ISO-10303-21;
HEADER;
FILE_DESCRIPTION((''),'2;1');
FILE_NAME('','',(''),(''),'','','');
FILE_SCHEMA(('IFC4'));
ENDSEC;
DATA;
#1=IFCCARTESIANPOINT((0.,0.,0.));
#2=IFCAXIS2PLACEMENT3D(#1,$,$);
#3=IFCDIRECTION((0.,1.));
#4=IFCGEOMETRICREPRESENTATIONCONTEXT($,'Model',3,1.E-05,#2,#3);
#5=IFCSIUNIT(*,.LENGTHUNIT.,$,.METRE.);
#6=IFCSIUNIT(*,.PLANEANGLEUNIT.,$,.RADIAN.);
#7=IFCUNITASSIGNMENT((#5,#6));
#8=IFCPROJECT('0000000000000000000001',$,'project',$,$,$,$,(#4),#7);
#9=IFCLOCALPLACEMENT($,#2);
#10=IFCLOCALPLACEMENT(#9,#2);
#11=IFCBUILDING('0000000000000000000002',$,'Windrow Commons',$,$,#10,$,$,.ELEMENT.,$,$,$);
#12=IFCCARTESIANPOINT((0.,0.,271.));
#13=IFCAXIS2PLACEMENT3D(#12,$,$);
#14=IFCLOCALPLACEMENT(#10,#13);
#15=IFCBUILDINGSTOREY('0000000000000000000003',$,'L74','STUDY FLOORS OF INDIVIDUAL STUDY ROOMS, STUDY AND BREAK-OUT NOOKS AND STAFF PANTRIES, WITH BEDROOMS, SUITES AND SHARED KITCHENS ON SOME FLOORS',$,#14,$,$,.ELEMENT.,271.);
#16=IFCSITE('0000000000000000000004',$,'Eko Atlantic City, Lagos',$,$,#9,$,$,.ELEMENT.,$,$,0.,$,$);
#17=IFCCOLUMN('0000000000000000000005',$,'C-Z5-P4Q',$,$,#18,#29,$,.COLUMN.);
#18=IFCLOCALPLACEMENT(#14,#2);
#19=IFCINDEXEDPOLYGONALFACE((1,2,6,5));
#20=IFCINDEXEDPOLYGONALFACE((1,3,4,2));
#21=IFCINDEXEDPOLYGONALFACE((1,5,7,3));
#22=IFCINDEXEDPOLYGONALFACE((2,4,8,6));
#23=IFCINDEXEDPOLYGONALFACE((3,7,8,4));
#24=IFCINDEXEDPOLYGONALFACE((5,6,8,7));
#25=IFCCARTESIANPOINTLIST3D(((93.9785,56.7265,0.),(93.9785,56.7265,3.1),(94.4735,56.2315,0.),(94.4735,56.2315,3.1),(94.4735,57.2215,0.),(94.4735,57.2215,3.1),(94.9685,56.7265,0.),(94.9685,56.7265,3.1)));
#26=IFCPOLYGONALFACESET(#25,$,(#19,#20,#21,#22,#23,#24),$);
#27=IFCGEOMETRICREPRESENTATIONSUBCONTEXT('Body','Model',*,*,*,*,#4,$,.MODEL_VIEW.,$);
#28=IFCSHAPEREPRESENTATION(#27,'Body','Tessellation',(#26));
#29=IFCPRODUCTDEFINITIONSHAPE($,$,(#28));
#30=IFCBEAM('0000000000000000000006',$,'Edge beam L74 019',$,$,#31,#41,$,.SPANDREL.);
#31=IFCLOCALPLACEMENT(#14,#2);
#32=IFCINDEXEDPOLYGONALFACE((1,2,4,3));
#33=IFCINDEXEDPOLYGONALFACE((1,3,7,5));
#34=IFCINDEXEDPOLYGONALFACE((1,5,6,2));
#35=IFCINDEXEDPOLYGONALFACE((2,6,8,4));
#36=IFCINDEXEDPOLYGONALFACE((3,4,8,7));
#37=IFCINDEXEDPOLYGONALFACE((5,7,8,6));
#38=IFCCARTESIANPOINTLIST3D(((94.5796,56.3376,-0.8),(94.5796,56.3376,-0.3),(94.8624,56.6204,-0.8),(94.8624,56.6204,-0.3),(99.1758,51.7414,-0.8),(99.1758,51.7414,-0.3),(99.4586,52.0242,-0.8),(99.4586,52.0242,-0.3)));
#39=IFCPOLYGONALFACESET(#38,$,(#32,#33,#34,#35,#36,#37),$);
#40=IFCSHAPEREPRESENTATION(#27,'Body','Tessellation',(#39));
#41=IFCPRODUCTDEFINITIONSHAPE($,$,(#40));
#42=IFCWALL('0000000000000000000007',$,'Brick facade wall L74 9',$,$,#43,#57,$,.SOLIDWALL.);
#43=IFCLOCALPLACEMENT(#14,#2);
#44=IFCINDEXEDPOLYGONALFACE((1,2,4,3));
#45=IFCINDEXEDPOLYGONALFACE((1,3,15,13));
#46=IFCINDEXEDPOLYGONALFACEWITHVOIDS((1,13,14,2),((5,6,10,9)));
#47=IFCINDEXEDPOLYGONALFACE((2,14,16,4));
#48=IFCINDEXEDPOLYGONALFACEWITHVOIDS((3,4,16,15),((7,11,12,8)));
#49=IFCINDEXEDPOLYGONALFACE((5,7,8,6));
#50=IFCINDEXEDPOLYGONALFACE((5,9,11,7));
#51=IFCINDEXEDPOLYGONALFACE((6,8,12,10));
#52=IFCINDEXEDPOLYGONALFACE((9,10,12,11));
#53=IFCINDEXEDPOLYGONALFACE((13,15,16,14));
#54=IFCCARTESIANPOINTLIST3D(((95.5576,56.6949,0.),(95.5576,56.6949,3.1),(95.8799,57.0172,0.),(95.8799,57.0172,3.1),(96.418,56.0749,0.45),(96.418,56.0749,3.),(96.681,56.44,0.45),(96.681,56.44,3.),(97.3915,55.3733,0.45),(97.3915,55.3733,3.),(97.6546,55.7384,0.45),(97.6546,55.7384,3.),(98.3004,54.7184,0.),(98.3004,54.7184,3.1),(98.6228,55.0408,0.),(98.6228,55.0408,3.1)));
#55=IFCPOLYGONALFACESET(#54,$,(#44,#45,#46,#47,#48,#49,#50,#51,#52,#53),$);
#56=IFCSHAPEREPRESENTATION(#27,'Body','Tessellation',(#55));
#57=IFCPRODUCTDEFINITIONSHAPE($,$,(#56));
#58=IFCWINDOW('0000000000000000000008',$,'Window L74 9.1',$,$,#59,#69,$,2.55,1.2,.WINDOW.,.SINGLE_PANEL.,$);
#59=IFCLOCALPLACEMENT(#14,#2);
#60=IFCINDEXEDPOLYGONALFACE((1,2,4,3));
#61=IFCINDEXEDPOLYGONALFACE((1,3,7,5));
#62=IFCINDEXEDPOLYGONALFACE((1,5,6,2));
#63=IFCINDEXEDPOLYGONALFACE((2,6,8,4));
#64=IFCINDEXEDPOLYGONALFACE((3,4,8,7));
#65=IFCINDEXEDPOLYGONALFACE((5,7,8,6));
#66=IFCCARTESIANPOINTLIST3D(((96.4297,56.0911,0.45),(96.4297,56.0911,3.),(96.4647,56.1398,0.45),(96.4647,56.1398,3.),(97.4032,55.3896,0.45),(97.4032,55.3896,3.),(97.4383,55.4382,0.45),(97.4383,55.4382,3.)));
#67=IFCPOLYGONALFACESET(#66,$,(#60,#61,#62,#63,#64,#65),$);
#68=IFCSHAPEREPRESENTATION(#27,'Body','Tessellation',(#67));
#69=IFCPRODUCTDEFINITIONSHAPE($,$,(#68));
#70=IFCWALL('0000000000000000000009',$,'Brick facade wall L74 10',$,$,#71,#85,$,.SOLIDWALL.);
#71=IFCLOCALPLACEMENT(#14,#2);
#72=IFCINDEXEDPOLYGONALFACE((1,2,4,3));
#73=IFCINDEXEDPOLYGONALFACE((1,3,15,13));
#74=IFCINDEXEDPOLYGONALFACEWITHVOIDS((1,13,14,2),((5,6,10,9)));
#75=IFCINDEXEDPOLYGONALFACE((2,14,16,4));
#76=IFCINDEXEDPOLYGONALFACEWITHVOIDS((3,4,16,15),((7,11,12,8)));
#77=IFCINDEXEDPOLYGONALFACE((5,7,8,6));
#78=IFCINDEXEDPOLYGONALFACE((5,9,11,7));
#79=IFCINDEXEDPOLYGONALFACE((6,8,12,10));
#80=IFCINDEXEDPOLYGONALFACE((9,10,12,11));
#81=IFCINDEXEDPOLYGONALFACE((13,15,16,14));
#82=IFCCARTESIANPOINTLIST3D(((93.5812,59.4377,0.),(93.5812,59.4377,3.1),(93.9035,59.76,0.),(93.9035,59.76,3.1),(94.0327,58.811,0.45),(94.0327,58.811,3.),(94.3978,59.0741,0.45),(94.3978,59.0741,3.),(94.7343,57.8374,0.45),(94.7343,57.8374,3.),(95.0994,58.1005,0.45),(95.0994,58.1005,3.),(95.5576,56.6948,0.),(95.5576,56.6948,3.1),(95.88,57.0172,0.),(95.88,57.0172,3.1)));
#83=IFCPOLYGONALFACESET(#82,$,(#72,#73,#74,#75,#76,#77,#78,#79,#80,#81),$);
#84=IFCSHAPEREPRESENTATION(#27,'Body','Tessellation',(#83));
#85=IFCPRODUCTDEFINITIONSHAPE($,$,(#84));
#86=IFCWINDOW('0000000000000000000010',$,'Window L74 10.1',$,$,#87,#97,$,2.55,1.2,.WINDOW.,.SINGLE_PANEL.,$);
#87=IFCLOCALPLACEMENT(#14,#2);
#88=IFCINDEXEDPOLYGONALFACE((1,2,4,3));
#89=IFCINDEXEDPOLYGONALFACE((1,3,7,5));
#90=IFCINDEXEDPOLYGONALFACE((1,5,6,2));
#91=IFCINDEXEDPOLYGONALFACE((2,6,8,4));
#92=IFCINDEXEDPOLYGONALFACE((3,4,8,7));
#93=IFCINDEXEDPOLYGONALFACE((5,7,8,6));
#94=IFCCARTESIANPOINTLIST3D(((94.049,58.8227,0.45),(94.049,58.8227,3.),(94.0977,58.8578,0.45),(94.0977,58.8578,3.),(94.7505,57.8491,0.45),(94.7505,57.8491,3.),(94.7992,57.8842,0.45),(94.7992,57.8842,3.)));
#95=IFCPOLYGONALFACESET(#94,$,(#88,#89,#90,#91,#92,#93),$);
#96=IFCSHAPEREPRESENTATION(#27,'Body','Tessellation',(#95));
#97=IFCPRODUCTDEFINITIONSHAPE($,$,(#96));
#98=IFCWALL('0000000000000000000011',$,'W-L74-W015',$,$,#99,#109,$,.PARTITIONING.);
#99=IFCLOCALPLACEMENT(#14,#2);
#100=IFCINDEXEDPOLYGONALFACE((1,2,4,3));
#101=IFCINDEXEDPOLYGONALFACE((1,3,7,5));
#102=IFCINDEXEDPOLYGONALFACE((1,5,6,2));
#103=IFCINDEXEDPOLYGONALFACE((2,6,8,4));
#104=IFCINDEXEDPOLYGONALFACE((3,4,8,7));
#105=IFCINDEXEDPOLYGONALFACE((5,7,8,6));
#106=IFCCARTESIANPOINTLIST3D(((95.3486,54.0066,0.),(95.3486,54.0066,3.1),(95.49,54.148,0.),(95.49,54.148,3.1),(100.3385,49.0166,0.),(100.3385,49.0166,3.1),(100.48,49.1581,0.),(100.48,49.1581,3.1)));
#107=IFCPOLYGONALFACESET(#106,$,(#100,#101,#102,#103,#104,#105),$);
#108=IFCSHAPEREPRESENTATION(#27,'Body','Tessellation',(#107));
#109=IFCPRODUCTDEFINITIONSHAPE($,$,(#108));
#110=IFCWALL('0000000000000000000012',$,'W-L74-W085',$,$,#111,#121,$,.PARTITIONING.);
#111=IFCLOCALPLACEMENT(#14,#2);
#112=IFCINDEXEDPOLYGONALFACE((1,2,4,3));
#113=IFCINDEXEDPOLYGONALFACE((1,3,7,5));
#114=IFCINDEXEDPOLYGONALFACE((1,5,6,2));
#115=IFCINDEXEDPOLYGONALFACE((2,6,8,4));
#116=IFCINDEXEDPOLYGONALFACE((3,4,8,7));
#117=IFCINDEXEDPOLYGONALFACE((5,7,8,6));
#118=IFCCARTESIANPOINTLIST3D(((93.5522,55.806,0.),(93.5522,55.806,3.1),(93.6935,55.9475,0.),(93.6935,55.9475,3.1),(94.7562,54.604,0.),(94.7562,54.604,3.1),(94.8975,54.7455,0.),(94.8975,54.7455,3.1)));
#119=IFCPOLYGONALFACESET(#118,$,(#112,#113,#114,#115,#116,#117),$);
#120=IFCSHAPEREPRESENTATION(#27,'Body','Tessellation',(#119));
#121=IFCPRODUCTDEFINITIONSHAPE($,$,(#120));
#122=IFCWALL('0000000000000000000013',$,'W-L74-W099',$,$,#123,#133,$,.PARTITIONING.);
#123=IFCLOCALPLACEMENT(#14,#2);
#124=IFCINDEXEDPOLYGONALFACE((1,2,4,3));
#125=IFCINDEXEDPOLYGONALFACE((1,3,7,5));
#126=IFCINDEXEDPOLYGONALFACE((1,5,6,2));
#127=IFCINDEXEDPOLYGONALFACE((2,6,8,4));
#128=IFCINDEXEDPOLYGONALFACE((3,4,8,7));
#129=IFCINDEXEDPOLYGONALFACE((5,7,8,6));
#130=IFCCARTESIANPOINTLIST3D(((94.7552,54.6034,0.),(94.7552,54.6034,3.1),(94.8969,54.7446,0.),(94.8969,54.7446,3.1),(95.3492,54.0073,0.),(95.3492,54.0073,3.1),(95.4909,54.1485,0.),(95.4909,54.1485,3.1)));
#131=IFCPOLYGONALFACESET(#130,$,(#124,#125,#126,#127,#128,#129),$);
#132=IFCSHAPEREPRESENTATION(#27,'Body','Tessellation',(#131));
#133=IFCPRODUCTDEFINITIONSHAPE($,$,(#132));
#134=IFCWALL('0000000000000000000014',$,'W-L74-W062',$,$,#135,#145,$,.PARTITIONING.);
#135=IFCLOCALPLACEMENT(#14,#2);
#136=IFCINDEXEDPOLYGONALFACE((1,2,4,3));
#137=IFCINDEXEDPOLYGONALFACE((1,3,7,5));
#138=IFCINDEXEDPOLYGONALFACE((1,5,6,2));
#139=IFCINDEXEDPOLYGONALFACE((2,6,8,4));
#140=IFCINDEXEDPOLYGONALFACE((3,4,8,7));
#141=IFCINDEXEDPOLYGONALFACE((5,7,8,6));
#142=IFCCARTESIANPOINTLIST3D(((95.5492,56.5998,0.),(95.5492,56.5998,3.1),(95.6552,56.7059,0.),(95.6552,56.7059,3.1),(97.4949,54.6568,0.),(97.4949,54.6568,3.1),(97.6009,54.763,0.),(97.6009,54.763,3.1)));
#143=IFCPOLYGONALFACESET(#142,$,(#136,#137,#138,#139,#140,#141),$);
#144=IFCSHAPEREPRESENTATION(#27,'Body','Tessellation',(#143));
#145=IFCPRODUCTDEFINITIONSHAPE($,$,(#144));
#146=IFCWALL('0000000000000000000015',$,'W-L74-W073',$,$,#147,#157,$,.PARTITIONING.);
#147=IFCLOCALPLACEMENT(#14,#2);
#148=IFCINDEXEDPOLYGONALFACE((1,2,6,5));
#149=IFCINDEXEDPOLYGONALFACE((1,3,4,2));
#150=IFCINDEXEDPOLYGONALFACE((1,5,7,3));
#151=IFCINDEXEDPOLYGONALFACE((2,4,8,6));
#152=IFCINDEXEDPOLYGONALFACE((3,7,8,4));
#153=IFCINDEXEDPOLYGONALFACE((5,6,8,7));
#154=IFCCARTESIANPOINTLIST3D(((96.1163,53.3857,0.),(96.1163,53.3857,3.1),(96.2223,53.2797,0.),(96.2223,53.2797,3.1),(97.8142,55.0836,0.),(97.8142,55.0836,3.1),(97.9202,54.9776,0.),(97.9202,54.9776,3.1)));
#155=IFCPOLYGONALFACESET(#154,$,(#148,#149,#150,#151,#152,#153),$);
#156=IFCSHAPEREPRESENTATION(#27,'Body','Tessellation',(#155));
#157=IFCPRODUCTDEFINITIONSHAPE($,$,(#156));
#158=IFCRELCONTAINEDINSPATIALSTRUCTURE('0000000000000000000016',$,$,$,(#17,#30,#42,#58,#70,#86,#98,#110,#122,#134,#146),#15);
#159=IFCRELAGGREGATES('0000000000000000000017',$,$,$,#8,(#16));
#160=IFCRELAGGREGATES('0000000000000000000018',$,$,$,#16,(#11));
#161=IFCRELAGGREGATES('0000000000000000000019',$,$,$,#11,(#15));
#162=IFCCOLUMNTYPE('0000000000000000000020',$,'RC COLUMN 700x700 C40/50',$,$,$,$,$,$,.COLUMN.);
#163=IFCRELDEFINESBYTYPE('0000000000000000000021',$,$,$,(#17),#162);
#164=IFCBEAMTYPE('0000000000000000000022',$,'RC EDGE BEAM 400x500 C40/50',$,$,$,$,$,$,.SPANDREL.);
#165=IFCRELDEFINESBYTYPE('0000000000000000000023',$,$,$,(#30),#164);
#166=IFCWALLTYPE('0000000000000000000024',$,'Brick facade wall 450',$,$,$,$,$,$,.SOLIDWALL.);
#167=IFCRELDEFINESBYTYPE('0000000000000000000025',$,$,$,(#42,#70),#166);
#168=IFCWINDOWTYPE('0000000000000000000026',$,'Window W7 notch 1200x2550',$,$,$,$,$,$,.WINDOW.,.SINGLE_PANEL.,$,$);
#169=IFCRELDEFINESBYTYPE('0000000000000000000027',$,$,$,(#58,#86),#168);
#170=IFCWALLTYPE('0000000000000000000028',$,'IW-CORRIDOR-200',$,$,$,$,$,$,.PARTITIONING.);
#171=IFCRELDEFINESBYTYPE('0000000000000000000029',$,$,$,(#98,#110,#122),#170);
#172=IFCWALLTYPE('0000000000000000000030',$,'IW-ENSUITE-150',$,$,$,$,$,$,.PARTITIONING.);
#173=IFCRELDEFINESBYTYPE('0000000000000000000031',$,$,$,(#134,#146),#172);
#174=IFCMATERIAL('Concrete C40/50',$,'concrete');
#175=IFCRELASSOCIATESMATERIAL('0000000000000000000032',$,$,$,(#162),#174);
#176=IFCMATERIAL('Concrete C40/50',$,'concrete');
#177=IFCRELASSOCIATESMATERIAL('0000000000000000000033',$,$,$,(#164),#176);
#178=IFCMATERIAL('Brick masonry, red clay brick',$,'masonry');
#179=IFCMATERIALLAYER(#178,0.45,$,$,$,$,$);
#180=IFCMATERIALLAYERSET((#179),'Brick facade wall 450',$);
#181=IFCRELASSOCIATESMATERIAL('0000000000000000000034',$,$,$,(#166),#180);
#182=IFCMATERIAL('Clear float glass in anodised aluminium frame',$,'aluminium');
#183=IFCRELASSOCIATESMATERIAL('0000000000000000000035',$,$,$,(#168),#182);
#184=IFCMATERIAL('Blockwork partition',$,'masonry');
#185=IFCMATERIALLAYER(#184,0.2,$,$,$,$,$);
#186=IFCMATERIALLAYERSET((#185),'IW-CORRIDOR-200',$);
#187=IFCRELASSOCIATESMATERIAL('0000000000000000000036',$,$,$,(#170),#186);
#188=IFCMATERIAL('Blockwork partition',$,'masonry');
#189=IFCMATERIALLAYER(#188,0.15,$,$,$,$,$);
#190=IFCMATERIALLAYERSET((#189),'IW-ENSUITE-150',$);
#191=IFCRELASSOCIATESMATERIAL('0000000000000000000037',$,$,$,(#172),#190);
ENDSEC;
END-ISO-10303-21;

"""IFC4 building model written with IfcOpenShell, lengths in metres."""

from ifc_helpers import new_model, si_unit, direction, frame, frame_2d, origin, origin_2d, place, context, subcontext, project, spatial, polyline, rectangle, outline, extrude, material, layer, layer_set, material_profile, profile_set, type_object, element, fill, save


model = new_model("IFC4")

# Units and contexts
model_context = context("Model", 3, precision=1e-05, world=origin(), true_north=direction((0.0, 1.0)))
body_context = subcontext(model_context, "Body", "Model", "MODEL_VIEW")
ifc_project = project(units=[si_unit("LENGTHUNIT", "METRE"), si_unit("PLANEANGLEUNIT", "RADIAN")], contexts=[model_context])

# Site, building, storey
site_placement = place(None, origin())
site = spatial("IfcSite", under=ifc_project, at=site_placement, Name="Eko Atlantic City, Lagos", CompositionType="ELEMENT", RefElevation=0.0)
building_placement = place(site_placement, origin())
building = spatial("IfcBuilding", under=site, at=building_placement, Name="Windrow Commons", CompositionType="ELEMENT")
storey_placement = place(building_placement, frame((0.0, 0.0, 271.0)))
storey = spatial("IfcBuildingStorey", under=building, at=storey_placement, Name="L74", Description="STUDY FLOORS OF INDIVIDUAL STUDY ROOMS, STUDY AND BREAK-OUT NOOKS AND STAFF PANTRIES, WITH BEDROOMS, SUITES AND SHARED KITCHENS ON SOME FLOORS", CompositionType="ELEMENT", Elevation=271.0)

# Column
ifc_material_1 = material(Name="Concrete C40/50", Category="concrete")
ifc_material_profile_1 = material_profile(ifc_material_1, rectangle(XDim=0.7, YDim=0.7, at=origin_2d()))
ifc_profile_set_1 = profile_set([ifc_material_profile_1], Name="Concrete C40/50")
column_type = type_object("IfcColumnType", Name="RC COLUMN 700x700 C40/50", PredefinedType="COLUMN", material=ifc_profile_set_1)
column_placement = place(storey_placement, frame((94.4735, 56.7265, 0.0), z_axis=(0.0, 0.0, 1.0), x_axis=(0.707107, -0.707107, 0.0)))
element("IfcColumn", 1, at=column_placement, inside=storey, type_object=column_type, Name="C-Z5-P4Q", PredefinedType="COLUMN", context=body_context, shape_type="SweptSolid", body=[
    extrude(rectangle(XDim=0.7, YDim=0.7, at=origin_2d()), origin(), (0.0, 0.0, 1.0), 3.1),
])

# Beam
ifc_material_2 = material(Name="Concrete C40/50", Category="concrete")
ifc_material_profile_2 = material_profile(ifc_material_2, rectangle(XDim=0.4, YDim=0.5, at=origin_2d()))
ifc_profile_set_2 = profile_set([ifc_material_profile_2], Name="Concrete C40/50")
beam_type = type_object("IfcBeamType", Name="RC EDGE BEAM 400x500 C40/50", PredefinedType="SPANDREL", material=ifc_profile_set_2)
beam_placement = place(storey_placement, frame((94.721, 56.479, -0.55), z_axis=(0.707107, -0.707107, 0.0), x_axis=(0.707107, 0.707107, 0.0)))
element("IfcBeam", 2, at=beam_placement, inside=storey, type_object=beam_type, Name="Edge beam L74 019", PredefinedType="SPANDREL", context=body_context, shape_type="SweptSolid", body=[
    extrude(rectangle(XDim=0.4, YDim=0.5, at=origin_2d()), origin(), (0.0, 0.0, 1.0), 6.5),
])

# Walls, openings, windows
ifc_material_3 = material(Name="Brick masonry, red clay brick", Category="masonry")
ifc_layer_1 = layer(ifc_material_3, 0.45)
ifc_layer_set_1 = layer_set([ifc_layer_1], Name="Brick facade wall 450")
wall_type_1 = type_object("IfcWallType", Name="Brick facade wall 450", PredefinedType="SOLIDWALL", material=ifc_layer_set_1)
wall_1_placement = place(storey_placement, frame((98.4616, 54.8796, 0.0), z_axis=(0.0, 0.0, 1.0), x_axis=(-0.811312, 0.584613, 0.0)))
wall_1 = element("IfcWall", 3, at=wall_1_placement, inside=storey, type_object=wall_type_1, Name="Brick facade wall L74 9", PredefinedType="SOLIDWALL", context=body_context, shape_type="SweptSolid", body=[
    extrude(outline(polyline([(-0.0365, -0.225), (3.3442, -0.225), (3.4173, 0.225), (0.0365, 0.225), (-0.0365, -0.225)])), origin(), (0.0, 0.0, 1.0), 3.1),
])
opening_1_placement = place(wall_1_placement, frame((1.1568, 0.0, 0.45)))
opening_1 = element("IfcOpeningElement", 4, at=opening_1_placement, cuts=wall_1, PredefinedType="OPENING", context=body_context, shape_type="SweptSolid", body=[
    extrude(rectangle(XDim=1.2, YDim=2.55, at=frame_2d((0.6, 1.275))), frame((0.0, 0.235, 0.0), z_axis=(0.0, -1.0, 0.0), x_axis=(1.0, 0.0, 0.0)), (0.0, 0.0, 1.0), 0.47),
])
ifc_material_4 = material(Name="Clear float glass in anodised aluminium frame", Category="aluminium")
window_type = type_object("IfcWindowType", Name="Window W7 notch 1200x2550", PartitioningType="SINGLE_PANEL", PredefinedType="WINDOW", material=ifc_material_4)
window_1_placement = place(opening_1_placement, origin())
window_1 = element("IfcWindow", 5, at=window_1_placement, inside=storey, type_object=window_type, Name="Window L74 9.1", OverallHeight=2.55, OverallWidth=1.2, PartitioningType="SINGLE_PANEL", PredefinedType="WINDOW", context=body_context, shape_type="SweptSolid", body=[
    extrude(rectangle(XDim=1.2, YDim=2.55, at=frame_2d((0.6, 1.275))), frame((0.0, 0.205, 0.0), z_axis=(0.0, -1.0, 0.0), x_axis=(1.0, 0.0, 0.0)), (0.0, 0.0, 1.0), 0.06),
])
fill(opening_1, window_1)
wall_2_placement = place(storey_placement, frame((95.7188, 56.856, 0.0), z_axis=(0.0, 0.0, 1.0), x_axis=(-0.584613, 0.811312, 0.0)))
wall_2 = element("IfcWall", 6, at=wall_2_placement, inside=storey, type_object=wall_type_1, Name="Brick facade wall L74 10", PredefinedType="SOLIDWALL", context=body_context, shape_type="SweptSolid", body=[
    extrude(outline(polyline([(0.0365, -0.225), (3.4173, -0.225), (3.3442, 0.225), (-0.0365, 0.225), (0.0365, -0.225)])), origin(), (0.0, 0.0, 1.0), 3.1),
])
opening_2_placement = place(wall_2_placement, frame((1.3718, 0.0, 0.45)))
opening_2 = element("IfcOpeningElement", 7, at=opening_2_placement, cuts=wall_2, PredefinedType="OPENING", context=body_context, shape_type="SweptSolid", body=[
    extrude(rectangle(XDim=1.2, YDim=2.55, at=frame_2d((0.6, 1.275))), frame((0.0, 0.235, 0.0), z_axis=(0.0, -1.0, 0.0), x_axis=(1.0, 0.0, 0.0)), (0.0, 0.0, 1.0), 0.47),
])
window_2_placement = place(opening_2_placement, origin())
window_2 = element("IfcWindow", 8, at=window_2_placement, inside=storey, type_object=window_type, Name="Window L74 10.1", OverallHeight=2.55, OverallWidth=1.2, PartitioningType="SINGLE_PANEL", PredefinedType="WINDOW", context=body_context, shape_type="SweptSolid", body=[
    extrude(rectangle(XDim=1.2, YDim=2.55, at=frame_2d((0.6, 1.275))), frame((0.0, 0.205, 0.0), z_axis=(0.0, -1.0, 0.0), x_axis=(1.0, 0.0, 0.0)), (0.0, 0.0, 1.0), 0.06),
])
fill(opening_2, window_2)

# Walls
ifc_material_5 = material(Name="Blockwork partition", Category="masonry")
ifc_layer_2 = layer(ifc_material_5, 0.2)
ifc_layer_set_2 = layer_set([ifc_layer_2], Name="IW-CORRIDOR-200")
wall_type_2 = type_object("IfcWallType", Name="IW-CORRIDOR-200", PredefinedType="PARTITIONING", material=ifc_layer_set_2)
wall_3_placement = place(storey_placement, frame((95.4193, 54.0773, 0.0), z_axis=(0.0, 0.0, 1.0), x_axis=(0.707107, -0.707107, 0.0)))
element("IfcWall", 9, at=wall_3_placement, inside=storey, type_object=wall_type_2, Name="W-L74-W015", PredefinedType="PARTITIONING", context=body_context, shape_type="SweptSolid", body=[
    extrude(rectangle(XDim=7.0569, YDim=0.2, at=frame_2d((3.5284, 0.0))), origin(), (0.0, 0.0, 1.0), 3.1),
])
wall_4_placement = place(storey_placement, frame((93.6228, 55.8768, 0.0), z_axis=(0.0, 0.0, 1.0), x_axis=(0.707694, -0.706519, 0.0)))
element("IfcWall", 10, at=wall_4_placement, inside=storey, type_object=wall_type_2, Name="W-L74-W085", PredefinedType="PARTITIONING", context=body_context, shape_type="SweptSolid", body=[
    extrude(rectangle(XDim=1.7013, YDim=0.2, at=frame_2d((0.8507, 0.0))), origin(), (0.0, 0.0, 1.0), 3.1),
])
wall_5_placement = place(storey_placement, frame((94.826, 54.674, 0.0), z_axis=(0.0, 0.0, 1.0), x_axis=(0.705917, -0.708294, 0.0)))
element("IfcWall", 11, at=wall_5_placement, inside=storey, type_object=wall_type_2, Name="W-L74-W099", PredefinedType="PARTITIONING", context=body_context, shape_type="SweptSolid", body=[
    extrude(rectangle(XDim=0.8415, YDim=0.2, at=frame_2d((0.4208, 0.0))), origin(), (0.0, 0.0, 1.0), 3.1),
])
ifc_material_6 = material(Name="Blockwork partition", Category="masonry")
ifc_layer_3 = layer(ifc_material_6, 0.15)
ifc_layer_set_3 = layer_set([ifc_layer_3], Name="IW-ENSUITE-150")
wall_type_3 = type_object("IfcWallType", Name="IW-ENSUITE-150", PredefinedType="PARTITIONING", material=ifc_layer_set_3)
wall_6_placement = place(storey_placement, frame((95.6022, 56.6528, 0.0), z_axis=(0.0, 0.0, 1.0), x_axis=(0.707616, -0.706597, 0.0)))
element("IfcWall", 12, at=wall_6_placement, inside=storey, type_object=wall_type_3, Name="W-L74-W062", PredefinedType="PARTITIONING", context=body_context, shape_type="SweptSolid", body=[
    extrude(rectangle(XDim=2.7497, YDim=0.15, at=frame_2d((1.3748, 0.0))), origin(), (0.0, 0.0, 1.0), 3.1),
])
wall_7_placement = place(storey_placement, frame((96.1693, 53.3327, 0.0), z_axis=(0.0, 0.0, 1.0), x_axis=(0.707107, 0.707107, 0.0)))
element("IfcWall", 13, at=wall_7_placement, inside=storey, type_object=wall_type_3, Name="W-L74-W073", PredefinedType="PARTITIONING", context=body_context, shape_type="SweptSolid", body=[
    extrude(rectangle(XDim=2.4012, YDim=0.15, at=frame_2d((1.2006, 0.0))), origin(), (0.0, 0.0, 1.0), 3.1),
])

save(model, "model.ifc")
